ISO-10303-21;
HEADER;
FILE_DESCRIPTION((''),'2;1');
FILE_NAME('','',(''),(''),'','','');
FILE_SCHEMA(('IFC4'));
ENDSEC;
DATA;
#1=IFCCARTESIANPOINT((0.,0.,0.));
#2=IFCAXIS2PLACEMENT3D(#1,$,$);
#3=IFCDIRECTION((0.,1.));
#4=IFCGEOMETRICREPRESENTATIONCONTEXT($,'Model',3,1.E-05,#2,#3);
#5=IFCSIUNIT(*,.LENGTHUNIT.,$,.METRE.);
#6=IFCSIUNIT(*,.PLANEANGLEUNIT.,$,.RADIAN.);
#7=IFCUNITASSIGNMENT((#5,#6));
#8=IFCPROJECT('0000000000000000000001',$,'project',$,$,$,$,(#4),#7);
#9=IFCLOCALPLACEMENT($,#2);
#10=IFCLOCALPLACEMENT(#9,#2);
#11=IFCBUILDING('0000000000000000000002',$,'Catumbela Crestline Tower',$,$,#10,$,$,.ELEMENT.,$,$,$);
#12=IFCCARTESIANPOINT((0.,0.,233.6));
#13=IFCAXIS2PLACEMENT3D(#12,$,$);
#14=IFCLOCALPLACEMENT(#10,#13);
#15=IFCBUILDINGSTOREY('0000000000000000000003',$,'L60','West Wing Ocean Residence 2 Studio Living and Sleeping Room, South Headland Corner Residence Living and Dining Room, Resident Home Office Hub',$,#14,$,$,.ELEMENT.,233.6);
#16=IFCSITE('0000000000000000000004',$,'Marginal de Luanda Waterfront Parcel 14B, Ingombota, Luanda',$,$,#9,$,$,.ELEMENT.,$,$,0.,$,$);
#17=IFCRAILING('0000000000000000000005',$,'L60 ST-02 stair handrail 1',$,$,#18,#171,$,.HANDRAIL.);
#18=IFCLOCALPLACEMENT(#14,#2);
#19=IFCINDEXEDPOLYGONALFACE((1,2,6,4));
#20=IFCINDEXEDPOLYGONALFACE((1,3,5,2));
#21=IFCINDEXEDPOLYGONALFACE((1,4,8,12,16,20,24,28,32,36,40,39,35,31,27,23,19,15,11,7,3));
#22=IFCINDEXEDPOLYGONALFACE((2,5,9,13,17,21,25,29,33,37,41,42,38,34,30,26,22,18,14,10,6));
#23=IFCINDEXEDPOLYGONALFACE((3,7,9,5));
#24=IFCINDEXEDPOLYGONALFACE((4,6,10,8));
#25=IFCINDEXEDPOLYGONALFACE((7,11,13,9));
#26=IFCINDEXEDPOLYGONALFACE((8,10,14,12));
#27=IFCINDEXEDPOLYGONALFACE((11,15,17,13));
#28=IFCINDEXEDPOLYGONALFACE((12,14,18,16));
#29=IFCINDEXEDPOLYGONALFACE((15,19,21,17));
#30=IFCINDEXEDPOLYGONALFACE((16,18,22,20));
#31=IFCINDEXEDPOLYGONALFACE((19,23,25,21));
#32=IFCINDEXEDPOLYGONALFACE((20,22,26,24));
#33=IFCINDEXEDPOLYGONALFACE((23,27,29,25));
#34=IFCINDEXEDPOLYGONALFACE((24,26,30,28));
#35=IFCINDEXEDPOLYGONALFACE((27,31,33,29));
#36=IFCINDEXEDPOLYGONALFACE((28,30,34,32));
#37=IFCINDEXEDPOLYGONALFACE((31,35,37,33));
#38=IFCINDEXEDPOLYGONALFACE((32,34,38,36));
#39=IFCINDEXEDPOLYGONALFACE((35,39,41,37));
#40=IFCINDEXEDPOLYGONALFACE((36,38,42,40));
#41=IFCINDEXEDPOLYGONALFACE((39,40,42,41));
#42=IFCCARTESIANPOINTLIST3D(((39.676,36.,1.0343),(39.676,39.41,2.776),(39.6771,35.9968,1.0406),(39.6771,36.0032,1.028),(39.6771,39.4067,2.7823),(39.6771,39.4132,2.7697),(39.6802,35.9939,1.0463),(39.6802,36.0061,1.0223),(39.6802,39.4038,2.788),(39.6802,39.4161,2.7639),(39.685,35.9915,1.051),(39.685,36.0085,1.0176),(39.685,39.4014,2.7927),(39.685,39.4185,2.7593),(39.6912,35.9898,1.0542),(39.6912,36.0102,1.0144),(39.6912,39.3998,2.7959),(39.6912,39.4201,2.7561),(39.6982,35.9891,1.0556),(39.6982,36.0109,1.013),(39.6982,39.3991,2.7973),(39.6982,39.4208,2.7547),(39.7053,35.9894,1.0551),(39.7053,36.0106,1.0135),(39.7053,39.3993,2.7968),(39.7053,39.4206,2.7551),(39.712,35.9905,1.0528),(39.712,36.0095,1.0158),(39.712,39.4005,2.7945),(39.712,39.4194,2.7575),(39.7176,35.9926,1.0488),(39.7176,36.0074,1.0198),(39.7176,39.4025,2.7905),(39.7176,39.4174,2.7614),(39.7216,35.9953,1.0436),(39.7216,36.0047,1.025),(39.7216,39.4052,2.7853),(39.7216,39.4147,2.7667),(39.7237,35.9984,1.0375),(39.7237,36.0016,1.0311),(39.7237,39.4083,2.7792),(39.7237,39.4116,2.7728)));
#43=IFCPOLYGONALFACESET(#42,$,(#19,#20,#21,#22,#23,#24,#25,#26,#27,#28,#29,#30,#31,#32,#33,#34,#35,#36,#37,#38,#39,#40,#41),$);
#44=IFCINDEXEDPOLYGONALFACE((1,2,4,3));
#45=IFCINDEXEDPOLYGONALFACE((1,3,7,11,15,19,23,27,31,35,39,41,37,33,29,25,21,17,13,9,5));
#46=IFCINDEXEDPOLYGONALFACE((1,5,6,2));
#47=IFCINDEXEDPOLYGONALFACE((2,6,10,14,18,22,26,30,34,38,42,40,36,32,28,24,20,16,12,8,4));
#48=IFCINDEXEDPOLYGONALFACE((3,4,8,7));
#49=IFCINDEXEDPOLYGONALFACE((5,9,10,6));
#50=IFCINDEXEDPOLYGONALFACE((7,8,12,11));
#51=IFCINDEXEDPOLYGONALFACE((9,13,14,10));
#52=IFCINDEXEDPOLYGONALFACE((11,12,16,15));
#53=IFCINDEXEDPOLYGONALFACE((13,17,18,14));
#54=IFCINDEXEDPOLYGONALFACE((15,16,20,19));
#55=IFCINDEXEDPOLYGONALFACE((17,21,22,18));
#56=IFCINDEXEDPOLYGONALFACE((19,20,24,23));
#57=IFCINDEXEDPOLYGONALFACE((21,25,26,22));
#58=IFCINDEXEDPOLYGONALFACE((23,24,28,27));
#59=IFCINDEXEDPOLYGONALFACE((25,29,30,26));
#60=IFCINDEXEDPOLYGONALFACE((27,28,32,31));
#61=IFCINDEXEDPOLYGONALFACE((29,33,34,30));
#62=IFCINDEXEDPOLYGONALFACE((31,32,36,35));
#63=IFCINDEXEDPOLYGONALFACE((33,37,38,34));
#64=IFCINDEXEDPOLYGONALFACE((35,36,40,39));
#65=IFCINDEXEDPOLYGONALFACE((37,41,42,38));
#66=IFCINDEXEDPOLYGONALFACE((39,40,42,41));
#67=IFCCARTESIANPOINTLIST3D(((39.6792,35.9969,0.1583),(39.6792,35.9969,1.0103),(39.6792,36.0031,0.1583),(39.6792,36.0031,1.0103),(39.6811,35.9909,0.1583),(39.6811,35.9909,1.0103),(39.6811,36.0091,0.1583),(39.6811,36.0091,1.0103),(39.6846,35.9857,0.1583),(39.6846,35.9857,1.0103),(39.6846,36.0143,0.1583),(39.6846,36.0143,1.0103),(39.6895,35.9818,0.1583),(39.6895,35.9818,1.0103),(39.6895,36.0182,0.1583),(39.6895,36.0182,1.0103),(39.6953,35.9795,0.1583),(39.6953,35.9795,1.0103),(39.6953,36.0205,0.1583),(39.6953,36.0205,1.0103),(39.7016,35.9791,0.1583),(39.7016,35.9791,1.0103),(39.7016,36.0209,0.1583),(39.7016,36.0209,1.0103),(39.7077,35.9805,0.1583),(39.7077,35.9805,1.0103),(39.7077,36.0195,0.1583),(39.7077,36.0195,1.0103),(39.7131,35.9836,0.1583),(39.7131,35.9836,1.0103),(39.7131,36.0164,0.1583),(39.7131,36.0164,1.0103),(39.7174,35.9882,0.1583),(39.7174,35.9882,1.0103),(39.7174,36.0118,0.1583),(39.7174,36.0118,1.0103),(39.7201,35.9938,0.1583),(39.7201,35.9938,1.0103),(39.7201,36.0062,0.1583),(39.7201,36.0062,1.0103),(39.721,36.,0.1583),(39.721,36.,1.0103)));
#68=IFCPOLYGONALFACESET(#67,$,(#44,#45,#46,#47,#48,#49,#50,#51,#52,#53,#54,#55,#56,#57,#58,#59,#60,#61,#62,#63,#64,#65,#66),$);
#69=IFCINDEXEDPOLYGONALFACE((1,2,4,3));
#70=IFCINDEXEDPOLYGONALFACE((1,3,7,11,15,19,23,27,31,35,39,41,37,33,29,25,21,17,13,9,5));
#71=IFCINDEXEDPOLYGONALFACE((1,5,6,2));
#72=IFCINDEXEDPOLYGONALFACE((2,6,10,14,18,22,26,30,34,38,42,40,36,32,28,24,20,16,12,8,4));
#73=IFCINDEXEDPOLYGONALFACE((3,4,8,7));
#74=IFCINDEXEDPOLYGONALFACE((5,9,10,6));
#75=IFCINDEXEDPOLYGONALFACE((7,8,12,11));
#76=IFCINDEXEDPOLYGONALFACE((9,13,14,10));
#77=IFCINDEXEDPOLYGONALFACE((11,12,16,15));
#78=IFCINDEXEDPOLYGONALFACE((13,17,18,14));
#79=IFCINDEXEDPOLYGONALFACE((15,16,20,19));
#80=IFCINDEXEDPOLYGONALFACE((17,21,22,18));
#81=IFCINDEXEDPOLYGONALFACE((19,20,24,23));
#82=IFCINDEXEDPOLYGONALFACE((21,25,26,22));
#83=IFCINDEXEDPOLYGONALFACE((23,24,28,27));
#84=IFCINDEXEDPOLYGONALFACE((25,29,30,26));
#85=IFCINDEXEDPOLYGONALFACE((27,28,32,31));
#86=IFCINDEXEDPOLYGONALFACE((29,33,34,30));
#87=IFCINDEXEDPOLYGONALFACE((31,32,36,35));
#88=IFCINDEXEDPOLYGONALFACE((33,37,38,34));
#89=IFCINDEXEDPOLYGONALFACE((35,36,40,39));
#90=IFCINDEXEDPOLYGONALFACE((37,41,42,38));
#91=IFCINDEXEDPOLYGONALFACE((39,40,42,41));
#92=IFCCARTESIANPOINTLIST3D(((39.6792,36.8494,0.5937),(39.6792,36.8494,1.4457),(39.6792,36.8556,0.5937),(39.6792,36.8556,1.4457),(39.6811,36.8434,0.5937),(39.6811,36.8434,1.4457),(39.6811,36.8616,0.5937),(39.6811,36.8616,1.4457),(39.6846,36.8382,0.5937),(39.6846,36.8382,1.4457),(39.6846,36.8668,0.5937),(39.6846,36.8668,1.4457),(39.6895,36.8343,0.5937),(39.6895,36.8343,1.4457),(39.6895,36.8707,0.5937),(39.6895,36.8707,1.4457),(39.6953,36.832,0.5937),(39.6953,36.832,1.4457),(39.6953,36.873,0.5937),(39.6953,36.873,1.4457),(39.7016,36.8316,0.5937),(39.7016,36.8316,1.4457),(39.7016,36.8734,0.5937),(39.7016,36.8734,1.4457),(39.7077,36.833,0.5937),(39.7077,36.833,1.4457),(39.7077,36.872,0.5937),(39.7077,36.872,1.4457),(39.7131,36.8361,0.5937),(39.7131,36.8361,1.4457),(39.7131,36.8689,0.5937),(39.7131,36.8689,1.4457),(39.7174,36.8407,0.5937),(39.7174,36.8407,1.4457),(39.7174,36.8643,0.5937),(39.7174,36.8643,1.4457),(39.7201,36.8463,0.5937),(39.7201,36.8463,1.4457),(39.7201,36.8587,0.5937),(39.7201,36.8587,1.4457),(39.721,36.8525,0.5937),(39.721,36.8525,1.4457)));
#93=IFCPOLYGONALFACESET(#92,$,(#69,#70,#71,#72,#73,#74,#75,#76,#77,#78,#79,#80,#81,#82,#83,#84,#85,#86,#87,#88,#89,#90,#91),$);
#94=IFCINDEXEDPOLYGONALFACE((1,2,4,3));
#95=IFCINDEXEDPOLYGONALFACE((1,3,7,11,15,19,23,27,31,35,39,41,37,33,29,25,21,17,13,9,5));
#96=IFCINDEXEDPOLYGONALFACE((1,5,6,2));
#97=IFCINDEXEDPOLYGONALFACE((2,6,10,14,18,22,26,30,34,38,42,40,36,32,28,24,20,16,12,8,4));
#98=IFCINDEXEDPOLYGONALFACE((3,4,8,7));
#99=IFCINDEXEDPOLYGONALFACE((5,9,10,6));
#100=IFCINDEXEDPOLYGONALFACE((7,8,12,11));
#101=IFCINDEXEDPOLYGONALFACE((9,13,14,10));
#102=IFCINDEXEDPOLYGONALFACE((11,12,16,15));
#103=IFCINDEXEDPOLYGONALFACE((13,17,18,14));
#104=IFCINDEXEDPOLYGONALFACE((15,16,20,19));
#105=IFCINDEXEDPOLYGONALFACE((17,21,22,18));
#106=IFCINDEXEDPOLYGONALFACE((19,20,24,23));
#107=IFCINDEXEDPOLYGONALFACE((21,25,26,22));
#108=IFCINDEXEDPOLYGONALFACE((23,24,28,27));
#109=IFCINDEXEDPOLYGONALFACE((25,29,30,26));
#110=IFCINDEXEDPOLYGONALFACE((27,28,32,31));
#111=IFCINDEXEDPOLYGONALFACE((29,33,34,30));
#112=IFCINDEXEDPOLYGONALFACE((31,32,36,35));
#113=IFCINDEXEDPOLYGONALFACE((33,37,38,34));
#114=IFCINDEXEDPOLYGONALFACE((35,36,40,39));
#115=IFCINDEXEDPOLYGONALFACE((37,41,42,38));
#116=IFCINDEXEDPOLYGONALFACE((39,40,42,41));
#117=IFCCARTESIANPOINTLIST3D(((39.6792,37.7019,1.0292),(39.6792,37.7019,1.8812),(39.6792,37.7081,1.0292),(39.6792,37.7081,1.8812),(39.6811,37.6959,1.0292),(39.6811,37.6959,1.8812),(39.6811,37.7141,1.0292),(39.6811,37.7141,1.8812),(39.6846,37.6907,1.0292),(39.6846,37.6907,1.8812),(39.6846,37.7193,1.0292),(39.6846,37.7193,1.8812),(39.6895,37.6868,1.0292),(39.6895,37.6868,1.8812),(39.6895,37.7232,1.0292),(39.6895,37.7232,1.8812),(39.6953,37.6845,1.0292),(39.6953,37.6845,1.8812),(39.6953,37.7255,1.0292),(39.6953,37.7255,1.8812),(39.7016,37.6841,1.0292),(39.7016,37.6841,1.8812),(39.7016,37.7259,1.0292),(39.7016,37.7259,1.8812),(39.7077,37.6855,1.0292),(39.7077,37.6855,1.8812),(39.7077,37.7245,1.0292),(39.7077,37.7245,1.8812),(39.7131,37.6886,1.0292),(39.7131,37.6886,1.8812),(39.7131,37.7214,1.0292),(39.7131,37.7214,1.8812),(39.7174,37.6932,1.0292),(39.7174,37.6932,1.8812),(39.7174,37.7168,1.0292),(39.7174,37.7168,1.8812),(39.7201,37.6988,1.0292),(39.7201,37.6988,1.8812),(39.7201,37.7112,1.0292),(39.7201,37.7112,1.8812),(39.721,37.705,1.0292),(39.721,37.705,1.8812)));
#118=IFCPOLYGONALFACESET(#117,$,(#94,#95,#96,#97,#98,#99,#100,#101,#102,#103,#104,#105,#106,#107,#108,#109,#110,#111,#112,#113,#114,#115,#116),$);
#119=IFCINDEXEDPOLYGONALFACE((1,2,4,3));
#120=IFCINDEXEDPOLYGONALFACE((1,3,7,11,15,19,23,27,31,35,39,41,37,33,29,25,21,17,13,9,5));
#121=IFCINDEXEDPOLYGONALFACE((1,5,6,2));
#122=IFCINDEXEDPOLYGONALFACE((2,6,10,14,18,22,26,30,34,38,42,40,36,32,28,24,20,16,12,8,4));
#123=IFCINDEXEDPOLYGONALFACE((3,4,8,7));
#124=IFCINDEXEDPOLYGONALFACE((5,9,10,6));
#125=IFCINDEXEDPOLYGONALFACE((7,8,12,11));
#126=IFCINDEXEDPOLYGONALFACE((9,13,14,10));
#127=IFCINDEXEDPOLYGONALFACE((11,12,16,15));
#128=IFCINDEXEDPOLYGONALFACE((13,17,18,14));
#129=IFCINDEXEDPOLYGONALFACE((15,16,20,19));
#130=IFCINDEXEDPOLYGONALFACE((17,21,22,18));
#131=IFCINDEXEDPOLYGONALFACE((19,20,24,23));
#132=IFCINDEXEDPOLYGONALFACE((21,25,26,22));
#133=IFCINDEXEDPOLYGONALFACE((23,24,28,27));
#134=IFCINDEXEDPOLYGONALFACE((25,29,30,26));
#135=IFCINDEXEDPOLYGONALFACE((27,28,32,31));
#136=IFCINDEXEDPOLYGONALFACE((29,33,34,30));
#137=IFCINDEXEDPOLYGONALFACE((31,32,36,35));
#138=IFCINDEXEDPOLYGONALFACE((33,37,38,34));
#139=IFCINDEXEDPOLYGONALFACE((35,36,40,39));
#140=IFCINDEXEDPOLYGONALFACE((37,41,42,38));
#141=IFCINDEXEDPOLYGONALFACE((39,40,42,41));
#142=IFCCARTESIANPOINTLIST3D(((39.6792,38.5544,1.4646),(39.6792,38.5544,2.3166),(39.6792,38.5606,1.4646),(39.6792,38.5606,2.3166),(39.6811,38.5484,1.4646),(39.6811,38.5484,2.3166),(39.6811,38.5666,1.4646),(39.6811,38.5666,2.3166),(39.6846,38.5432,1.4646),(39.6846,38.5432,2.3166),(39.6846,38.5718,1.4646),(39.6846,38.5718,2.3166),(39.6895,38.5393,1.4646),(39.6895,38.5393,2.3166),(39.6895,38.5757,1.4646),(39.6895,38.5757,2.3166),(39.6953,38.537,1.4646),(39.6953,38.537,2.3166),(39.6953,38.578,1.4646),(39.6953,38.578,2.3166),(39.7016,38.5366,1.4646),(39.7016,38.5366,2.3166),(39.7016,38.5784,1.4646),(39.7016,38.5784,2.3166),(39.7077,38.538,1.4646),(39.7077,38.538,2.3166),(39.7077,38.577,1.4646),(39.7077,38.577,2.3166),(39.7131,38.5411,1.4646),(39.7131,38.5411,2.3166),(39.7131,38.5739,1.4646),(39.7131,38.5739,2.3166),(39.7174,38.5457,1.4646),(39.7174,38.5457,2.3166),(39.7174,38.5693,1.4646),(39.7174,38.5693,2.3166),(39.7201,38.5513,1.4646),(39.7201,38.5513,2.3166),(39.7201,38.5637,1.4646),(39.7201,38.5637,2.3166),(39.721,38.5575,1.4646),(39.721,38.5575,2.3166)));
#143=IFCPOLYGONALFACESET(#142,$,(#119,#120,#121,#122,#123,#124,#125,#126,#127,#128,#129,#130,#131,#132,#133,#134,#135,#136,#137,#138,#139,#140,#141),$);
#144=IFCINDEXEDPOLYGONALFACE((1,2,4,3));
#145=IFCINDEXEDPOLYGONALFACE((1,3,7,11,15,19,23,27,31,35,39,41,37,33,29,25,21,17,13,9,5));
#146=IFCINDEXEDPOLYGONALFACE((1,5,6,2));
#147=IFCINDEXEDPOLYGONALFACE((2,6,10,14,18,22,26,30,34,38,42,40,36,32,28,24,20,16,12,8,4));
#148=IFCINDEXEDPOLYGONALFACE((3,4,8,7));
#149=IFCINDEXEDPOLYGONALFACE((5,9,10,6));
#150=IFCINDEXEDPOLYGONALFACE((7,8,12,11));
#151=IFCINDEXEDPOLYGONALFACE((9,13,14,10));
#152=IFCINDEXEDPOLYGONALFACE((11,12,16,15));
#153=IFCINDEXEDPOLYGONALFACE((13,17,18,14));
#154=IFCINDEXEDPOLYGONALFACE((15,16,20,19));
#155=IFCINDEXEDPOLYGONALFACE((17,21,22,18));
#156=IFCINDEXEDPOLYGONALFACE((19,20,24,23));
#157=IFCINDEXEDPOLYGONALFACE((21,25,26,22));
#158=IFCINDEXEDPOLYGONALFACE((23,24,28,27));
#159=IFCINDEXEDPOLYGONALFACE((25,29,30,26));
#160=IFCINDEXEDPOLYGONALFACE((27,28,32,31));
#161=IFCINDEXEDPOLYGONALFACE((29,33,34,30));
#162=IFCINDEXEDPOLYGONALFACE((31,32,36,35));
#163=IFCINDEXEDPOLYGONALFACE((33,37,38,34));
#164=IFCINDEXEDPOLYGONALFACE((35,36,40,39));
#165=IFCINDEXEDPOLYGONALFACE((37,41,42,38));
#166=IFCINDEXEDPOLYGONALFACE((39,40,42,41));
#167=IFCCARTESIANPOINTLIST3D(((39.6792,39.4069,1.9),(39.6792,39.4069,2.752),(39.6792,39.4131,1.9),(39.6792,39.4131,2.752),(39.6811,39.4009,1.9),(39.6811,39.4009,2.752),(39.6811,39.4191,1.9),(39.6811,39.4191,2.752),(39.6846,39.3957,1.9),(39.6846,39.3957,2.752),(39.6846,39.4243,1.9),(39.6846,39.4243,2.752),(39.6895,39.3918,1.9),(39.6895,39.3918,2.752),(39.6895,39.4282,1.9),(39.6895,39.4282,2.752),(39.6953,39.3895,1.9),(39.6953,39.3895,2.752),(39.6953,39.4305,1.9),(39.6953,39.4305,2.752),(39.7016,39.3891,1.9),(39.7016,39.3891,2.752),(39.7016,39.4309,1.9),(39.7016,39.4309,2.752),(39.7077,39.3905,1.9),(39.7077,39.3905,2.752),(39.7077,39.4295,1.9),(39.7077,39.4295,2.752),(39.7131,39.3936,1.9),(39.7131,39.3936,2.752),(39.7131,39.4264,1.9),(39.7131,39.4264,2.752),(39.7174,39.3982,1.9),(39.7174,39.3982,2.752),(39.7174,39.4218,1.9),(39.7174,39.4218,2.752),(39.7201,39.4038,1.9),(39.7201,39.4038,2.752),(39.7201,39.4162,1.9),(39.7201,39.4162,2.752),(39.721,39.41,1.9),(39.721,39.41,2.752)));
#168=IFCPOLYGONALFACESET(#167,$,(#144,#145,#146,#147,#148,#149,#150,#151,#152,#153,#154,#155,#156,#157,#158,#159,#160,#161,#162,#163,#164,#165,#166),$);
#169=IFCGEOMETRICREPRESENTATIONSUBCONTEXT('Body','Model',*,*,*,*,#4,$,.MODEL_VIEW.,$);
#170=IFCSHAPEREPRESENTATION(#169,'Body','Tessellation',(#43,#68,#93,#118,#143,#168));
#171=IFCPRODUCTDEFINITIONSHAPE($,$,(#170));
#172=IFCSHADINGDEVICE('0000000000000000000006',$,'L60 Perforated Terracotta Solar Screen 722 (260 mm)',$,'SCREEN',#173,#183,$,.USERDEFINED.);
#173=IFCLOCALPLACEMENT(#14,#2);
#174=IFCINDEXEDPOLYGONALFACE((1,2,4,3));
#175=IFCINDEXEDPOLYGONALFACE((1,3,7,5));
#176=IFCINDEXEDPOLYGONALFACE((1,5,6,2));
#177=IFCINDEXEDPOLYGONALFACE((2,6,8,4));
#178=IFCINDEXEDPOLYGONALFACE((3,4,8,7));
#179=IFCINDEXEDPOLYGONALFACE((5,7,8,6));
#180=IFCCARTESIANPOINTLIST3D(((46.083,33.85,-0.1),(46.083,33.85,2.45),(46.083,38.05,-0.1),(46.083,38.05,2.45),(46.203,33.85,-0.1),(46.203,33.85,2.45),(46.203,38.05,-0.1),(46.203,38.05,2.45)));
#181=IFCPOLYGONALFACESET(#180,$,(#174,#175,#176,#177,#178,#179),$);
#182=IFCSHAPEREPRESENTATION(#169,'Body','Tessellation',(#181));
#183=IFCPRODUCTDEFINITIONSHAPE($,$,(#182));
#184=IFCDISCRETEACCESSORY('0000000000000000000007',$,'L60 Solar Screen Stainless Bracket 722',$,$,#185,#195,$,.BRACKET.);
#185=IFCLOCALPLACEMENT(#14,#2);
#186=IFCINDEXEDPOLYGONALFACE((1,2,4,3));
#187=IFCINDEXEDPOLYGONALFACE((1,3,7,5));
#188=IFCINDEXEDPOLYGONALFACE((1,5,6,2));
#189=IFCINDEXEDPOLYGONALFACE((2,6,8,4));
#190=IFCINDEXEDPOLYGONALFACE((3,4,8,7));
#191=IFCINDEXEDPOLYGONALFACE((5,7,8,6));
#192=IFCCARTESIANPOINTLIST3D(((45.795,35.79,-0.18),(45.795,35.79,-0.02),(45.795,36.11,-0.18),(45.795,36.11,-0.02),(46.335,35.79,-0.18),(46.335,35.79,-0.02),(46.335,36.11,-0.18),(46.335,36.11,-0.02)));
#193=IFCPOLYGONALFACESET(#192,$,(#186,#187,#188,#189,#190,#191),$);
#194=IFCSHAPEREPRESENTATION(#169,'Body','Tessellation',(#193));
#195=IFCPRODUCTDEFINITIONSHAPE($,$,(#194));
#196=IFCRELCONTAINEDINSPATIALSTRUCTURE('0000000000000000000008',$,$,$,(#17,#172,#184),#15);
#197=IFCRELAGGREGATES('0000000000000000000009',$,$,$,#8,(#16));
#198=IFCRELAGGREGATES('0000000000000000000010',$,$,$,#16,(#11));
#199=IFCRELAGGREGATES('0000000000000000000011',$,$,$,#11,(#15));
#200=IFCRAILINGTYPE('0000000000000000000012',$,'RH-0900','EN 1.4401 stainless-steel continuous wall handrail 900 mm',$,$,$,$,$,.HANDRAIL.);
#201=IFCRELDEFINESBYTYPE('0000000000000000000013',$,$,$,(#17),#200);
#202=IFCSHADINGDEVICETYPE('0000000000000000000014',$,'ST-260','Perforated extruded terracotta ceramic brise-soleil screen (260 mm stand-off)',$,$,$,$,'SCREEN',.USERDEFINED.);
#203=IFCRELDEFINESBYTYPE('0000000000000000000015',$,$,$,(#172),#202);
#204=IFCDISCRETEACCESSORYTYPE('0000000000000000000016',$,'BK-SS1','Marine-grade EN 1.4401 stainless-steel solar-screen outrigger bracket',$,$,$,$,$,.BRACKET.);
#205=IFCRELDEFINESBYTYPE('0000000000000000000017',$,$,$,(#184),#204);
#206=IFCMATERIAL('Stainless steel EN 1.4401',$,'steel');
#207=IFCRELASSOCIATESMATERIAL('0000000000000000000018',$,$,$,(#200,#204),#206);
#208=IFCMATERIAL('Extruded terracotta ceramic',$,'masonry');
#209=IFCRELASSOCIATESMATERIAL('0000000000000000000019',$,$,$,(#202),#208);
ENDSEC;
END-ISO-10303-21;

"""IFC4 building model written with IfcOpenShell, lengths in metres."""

from ifc_helpers import new_model, si_unit, direction, frame, origin, origin_2d, place, context, subcontext, project, spatial, rectangle, circle, extrude, material, type_object, element, save


model = new_model("IFC4")

# Units and contexts
model_context = context("Model", 3, precision=1e-05, world=origin(), true_north=direction((0.0, 1.0)))
body_context = subcontext(model_context, "Body", "Model", "MODEL_VIEW")
ifc_project = project(units=[si_unit("LENGTHUNIT", "METRE"), si_unit("PLANEANGLEUNIT", "RADIAN")], contexts=[model_context])

# Site, building, storey
site_placement = place(None, origin())
site = spatial("IfcSite", under=ifc_project, at=site_placement, Name="Marginal de Luanda Waterfront Parcel 14B, Ingombota, Luanda", CompositionType="ELEMENT", RefElevation=0.0)
building_placement = place(site_placement, origin())
building = spatial("IfcBuilding", under=site, at=building_placement, Name="Catumbela Crestline Tower", CompositionType="ELEMENT")
storey_placement = place(building_placement, frame((0.0, 0.0, 233.6)))
storey = spatial("IfcBuildingStorey", under=building, at=storey_placement, Name="L60", Description="West Wing Ocean Residence 2 Studio Living and Sleeping Room, South Headland Corner Residence Living and Dining Room, Resident Home Office Hub", CompositionType="ELEMENT", Elevation=233.6)

# Railing
ifc_material_1 = material(Name="Stainless steel EN 1.4401", Category="steel")
railing_type_1 = type_object("IfcRailingType", Name="RH-0900", Description="EN 1.4401 stainless-steel continuous wall handrail 900 mm", PredefinedType="HANDRAIL", material=ifc_material_1)
railing_1_placement = place(storey_placement, frame((39.7, 36.0, 0.1583)))
element("IfcRailing", 1, at=railing_1_placement, inside=storey, type_object=railing_type_1, Name="L60 ST-02 stair handrail 1", PredefinedType="HANDRAIL", context=body_context, shape_type="SweptSolid", body=[
    extrude(circle(Radius=0.024, at=origin_2d()), frame((0.0, 0.0, 0.876), z_axis=(0.0, 0.89056, 0.454865), x_axis=(-1.0, 0.0, 0.0)), (0.0, 0.0, 1.0), 3.829),
    extrude(circle(Radius=0.021, at=origin_2d()), origin(), (0.0, 0.0, 1.0), 0.852),
    extrude(circle(Radius=0.021, at=origin_2d()), frame((0.0, 0.8525, 0.4354)), (0.0, 0.0, 1.0), 0.852),
    extrude(circle(Radius=0.021, at=origin_2d()), frame((0.0, 1.705, 0.8709)), (0.0, 0.0, 1.0), 0.852),
    extrude(circle(Radius=0.021, at=origin_2d()), frame((0.0, 2.5575, 1.3063)), (0.0, 0.0, 1.0), 0.852),
    extrude(circle(Radius=0.021, at=origin_2d()), frame((0.0, 3.41, 1.7417)), (0.0, 0.0, 1.0), 0.852),
])

# Shading device
ifc_material_2 = material(Name="Extruded terracotta ceramic", Category="masonry")
shading_device_type = type_object("IfcShadingDeviceType", Name="ST-260", Description="Perforated extruded terracotta ceramic brise-soleil screen (260 mm stand-off)", ElementType="SCREEN", PredefinedType="USERDEFINED", material=ifc_material_2)
shading_device_placement = place(storey_placement, frame((46.143, 35.95, -0.1), z_axis=(0.0, 0.0, 1.0), x_axis=(0.0, 1.0, 0.0)))
element("IfcShadingDevice", 2, at=shading_device_placement, inside=storey, type_object=shading_device_type, Name="L60 Perforated Terracotta Solar Screen 722 (260 mm)", ObjectType="SCREEN", PredefinedType="USERDEFINED", context=body_context, shape_type="SweptSolid", body=[
    extrude(rectangle(XDim=4.2, YDim=0.12, at=origin_2d()), origin(), (0.0, 0.0, 1.0), 2.55),
])

# Discrete accessory
discrete_accessory_type = type_object("IfcDiscreteAccessoryType", Name="BK-SS1", Description="Marine-grade EN 1.4401 stainless-steel solar-screen outrigger bracket", PredefinedType="BRACKET", material=ifc_material_1)
discrete_accessory_placement = place(storey_placement, frame((46.065, 35.95, -0.18), z_axis=(0.0, 0.0, 1.0), x_axis=(0.0, 1.0, 0.0)))
element("IfcDiscreteAccessory", 3, at=discrete_accessory_placement, inside=storey, type_object=discrete_accessory_type, Name="L60 Solar Screen Stainless Bracket 722", PredefinedType="BRACKET", context=body_context, shape_type="SweptSolid", body=[
    extrude(rectangle(XDim=0.32, YDim=0.54, at=origin_2d()), origin(), (0.0, 0.0, 1.0), 0.16),
])

save(model, "model.ifc")
